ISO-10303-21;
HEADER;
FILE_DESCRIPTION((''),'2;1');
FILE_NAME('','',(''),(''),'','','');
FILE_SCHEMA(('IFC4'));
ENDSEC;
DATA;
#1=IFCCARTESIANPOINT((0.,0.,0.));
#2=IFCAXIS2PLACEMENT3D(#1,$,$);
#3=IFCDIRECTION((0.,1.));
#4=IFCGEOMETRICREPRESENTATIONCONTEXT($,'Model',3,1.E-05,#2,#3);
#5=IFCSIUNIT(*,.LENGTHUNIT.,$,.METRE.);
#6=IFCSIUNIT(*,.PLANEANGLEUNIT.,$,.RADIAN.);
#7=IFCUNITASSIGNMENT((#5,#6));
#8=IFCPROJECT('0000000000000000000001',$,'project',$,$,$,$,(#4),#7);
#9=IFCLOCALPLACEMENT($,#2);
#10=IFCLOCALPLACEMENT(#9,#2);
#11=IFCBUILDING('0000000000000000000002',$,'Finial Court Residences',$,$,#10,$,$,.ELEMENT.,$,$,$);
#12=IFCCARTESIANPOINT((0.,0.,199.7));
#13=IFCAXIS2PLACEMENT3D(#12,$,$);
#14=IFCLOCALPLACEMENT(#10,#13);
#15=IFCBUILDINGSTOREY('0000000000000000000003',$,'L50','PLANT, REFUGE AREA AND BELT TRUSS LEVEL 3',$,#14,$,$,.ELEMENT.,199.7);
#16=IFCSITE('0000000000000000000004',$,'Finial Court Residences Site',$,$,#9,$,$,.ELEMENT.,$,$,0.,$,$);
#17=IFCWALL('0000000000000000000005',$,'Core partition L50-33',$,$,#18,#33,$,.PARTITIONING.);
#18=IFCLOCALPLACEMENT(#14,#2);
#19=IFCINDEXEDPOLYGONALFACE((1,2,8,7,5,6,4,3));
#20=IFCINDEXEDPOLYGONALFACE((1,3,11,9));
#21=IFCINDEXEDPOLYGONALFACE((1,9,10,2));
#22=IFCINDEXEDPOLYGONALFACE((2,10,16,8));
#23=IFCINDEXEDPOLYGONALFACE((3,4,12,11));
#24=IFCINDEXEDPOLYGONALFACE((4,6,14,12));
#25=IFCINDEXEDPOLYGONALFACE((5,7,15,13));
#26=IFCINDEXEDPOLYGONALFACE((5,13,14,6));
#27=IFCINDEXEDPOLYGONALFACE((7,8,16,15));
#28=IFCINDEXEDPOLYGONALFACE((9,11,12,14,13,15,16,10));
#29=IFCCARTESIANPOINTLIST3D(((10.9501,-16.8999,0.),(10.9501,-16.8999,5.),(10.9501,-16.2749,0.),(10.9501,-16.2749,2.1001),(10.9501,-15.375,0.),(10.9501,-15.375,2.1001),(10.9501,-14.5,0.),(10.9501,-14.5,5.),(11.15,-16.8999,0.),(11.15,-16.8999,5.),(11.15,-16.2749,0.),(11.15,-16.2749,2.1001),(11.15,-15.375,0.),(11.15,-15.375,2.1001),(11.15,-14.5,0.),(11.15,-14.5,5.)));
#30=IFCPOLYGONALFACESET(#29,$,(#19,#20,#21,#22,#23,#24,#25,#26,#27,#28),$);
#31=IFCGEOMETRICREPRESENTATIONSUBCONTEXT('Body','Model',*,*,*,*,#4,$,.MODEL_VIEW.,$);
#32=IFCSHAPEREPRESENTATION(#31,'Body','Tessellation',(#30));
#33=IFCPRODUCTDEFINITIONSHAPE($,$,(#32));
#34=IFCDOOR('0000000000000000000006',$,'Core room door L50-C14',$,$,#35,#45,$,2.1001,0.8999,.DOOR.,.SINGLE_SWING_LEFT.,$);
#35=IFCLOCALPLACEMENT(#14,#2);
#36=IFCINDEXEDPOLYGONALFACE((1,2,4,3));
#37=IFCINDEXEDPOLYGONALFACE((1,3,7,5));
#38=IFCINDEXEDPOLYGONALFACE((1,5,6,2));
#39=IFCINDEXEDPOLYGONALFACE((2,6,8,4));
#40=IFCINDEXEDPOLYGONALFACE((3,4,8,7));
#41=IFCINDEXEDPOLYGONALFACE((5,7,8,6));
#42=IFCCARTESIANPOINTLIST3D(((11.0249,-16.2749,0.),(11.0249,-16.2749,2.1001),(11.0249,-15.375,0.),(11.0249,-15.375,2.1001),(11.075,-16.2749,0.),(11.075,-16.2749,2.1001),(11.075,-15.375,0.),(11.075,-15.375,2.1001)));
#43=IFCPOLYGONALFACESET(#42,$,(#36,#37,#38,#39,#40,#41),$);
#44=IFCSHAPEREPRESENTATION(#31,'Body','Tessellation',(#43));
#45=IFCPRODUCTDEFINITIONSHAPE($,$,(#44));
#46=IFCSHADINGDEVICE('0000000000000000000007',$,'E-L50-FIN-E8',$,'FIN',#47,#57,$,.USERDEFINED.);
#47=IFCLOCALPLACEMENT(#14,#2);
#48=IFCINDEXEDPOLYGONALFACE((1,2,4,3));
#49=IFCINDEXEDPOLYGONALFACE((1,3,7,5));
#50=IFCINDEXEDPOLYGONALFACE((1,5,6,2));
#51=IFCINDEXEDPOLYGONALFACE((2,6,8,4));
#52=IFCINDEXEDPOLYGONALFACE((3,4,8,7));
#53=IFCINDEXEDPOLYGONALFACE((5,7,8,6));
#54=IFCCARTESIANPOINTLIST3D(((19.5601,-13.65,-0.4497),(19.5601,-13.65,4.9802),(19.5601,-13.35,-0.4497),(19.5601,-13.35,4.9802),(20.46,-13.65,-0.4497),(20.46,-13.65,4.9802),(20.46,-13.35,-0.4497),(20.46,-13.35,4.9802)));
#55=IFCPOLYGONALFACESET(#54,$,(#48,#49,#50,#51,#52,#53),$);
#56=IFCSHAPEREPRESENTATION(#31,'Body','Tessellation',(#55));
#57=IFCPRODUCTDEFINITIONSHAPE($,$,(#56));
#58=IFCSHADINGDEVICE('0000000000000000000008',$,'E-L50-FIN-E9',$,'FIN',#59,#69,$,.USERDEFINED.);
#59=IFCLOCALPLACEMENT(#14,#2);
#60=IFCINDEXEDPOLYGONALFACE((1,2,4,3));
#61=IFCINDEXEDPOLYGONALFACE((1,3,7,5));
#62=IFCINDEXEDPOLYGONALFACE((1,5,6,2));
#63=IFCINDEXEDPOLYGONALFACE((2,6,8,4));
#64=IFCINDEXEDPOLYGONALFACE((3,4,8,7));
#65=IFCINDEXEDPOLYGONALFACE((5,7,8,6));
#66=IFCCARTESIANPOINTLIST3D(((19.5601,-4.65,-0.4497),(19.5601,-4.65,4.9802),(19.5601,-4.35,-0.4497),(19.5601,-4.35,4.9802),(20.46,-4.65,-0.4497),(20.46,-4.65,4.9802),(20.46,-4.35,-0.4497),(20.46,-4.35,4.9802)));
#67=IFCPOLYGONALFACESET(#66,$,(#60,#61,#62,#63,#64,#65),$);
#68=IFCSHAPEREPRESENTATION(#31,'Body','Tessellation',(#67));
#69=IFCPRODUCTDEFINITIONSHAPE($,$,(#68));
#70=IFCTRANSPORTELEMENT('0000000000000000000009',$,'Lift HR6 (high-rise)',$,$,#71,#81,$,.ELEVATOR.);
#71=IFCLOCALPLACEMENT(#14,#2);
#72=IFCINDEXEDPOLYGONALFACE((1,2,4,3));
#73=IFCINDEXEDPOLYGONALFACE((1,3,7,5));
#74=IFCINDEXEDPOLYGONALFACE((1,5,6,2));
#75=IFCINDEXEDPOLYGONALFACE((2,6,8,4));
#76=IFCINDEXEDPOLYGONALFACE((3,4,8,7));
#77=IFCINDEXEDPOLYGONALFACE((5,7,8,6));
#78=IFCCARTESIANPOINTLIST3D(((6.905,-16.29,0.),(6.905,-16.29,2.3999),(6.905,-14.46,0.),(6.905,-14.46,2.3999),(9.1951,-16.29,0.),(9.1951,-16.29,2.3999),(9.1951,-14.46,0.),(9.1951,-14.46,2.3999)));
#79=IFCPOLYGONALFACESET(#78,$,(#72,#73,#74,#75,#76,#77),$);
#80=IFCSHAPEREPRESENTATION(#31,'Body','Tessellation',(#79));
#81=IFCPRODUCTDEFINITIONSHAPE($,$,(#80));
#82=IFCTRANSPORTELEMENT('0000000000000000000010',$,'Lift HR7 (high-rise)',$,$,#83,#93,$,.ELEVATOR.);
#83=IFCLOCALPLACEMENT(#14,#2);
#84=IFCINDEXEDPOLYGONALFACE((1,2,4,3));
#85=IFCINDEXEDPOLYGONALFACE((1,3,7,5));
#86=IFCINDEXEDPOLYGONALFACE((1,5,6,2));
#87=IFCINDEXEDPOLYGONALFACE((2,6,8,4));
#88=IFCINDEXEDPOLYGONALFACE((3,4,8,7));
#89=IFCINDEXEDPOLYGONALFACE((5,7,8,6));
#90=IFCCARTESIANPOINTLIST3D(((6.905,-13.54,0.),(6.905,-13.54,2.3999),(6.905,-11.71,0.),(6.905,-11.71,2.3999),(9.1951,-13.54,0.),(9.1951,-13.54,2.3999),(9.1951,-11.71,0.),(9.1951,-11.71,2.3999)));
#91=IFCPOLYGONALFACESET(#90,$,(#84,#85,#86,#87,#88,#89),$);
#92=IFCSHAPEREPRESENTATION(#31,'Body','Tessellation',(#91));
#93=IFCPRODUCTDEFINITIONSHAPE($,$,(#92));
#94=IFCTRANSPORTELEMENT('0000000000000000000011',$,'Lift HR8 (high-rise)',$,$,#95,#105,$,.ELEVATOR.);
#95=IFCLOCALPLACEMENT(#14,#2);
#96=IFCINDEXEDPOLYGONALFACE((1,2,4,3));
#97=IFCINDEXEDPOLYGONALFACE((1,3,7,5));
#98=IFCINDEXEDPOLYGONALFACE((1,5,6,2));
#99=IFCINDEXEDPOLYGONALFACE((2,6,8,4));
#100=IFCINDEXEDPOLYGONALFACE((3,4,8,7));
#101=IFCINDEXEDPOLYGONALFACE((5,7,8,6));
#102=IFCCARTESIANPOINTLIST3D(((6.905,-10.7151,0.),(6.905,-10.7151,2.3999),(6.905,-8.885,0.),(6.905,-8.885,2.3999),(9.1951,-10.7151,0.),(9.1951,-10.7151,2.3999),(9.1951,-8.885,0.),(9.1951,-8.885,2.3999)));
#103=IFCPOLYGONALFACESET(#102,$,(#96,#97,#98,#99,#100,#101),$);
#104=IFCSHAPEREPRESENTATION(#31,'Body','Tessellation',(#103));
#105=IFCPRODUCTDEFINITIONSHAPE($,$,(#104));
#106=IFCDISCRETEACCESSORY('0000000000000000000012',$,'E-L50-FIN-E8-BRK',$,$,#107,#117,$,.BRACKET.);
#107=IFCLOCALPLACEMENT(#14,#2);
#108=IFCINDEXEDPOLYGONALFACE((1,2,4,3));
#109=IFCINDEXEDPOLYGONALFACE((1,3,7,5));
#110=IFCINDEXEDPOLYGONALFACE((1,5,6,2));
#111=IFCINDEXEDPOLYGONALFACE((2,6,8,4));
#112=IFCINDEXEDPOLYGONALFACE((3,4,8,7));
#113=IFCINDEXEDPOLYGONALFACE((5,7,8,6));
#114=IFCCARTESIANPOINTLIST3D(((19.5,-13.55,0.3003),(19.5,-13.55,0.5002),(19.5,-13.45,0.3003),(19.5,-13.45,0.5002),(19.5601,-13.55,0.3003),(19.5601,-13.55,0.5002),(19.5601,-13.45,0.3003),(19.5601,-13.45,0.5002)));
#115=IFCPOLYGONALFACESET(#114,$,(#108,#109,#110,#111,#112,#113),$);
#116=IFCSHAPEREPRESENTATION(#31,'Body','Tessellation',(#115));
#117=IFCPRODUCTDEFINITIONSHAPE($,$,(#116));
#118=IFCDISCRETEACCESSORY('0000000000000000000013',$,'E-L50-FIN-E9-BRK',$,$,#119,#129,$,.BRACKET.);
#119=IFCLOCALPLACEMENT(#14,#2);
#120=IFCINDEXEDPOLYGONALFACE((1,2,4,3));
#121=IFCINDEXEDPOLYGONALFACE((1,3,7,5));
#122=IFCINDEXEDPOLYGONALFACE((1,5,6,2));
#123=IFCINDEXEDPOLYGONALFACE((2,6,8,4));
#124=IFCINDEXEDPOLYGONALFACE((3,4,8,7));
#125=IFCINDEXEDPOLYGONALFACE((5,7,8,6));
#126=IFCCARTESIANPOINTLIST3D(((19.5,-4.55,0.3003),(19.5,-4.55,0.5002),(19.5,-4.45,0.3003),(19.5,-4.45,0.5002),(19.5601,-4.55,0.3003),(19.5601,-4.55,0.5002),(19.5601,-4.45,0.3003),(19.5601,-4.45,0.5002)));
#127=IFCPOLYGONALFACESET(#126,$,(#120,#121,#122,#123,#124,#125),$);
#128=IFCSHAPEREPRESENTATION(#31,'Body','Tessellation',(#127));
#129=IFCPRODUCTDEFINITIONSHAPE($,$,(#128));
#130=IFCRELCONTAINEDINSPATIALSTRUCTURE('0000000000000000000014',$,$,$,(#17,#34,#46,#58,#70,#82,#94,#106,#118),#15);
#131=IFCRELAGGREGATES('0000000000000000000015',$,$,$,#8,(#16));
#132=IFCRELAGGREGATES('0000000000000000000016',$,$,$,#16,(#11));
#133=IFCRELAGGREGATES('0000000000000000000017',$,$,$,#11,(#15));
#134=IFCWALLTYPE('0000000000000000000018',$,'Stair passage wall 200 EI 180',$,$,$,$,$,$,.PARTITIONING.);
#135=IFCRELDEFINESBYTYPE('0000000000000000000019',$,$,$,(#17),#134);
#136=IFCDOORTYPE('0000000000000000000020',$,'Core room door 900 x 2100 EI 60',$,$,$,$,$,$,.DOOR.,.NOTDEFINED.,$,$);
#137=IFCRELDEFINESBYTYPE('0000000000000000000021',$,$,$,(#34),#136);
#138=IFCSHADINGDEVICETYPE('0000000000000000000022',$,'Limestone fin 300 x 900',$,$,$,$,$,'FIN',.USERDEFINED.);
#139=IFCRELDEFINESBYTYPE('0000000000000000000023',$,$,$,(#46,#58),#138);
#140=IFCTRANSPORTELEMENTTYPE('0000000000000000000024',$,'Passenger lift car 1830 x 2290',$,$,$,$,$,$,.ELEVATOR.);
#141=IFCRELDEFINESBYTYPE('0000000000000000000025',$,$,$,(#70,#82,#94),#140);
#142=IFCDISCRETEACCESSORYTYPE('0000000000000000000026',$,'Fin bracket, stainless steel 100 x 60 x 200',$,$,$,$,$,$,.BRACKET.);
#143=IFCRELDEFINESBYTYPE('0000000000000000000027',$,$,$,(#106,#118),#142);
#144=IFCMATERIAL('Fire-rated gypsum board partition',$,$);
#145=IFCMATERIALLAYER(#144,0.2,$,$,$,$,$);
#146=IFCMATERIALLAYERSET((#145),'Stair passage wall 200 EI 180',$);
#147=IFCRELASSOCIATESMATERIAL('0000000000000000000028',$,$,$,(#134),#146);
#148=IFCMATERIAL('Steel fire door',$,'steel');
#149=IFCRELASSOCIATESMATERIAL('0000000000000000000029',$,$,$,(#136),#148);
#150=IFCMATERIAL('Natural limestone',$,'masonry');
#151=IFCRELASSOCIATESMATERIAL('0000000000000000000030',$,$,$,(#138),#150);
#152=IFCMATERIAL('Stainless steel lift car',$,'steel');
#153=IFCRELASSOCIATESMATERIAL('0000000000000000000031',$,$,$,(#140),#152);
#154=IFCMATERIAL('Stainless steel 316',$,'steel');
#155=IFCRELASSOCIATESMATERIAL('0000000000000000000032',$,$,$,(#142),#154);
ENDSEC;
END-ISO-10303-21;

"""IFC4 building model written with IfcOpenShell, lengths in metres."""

from ifc_helpers import new_model, si_unit, direction, frame, frame_2d, origin, origin_2d, place, context, subcontext, project, spatial, rectangle, extrude, material, layer, layer_set, type_object, element, fill, save


model = new_model("IFC4")

# Units and contexts
model_context = context("Model", 3, precision=1e-05, world=origin(), true_north=direction((0.0, 1.0)))
body_context = subcontext(model_context, "Body", "Model", "MODEL_VIEW")
ifc_project = project(units=[si_unit("LENGTHUNIT", "METRE"), si_unit("PLANEANGLEUNIT", "RADIAN")], contexts=[model_context])

# Site, building, storey
site_placement = place(None, origin())
site = spatial("IfcSite", under=ifc_project, at=site_placement, Name="Finial Court Residences Site", CompositionType="ELEMENT", RefElevation=0.0)
building_placement = place(site_placement, origin())
building = spatial("IfcBuilding", under=site, at=building_placement, Name="Finial Court Residences", CompositionType="ELEMENT")
storey_placement = place(building_placement, frame((0.0, 0.0, 199.7)))
storey = spatial("IfcBuildingStorey", under=building, at=storey_placement, Name="L50", Description="PLANT, REFUGE AREA AND BELT TRUSS LEVEL 3", CompositionType="ELEMENT", Elevation=199.7)

# Shared definitions
ifc_material_1 = material(Name="Fire-rated gypsum board partition")

# Wall, opening, door
ifc_material_2 = material(Name="Steel fire door", Category="steel")
ifc_layer_1 = layer(ifc_material_1, 0.2)
ifc_layer_set_1 = layer_set([ifc_layer_1], Name="Stair passage wall 200 EI 180")
wall_type_1 = type_object("IfcWallType", Name="Stair passage wall 200 EI 180", PredefinedType="PARTITIONING", material=ifc_layer_set_1)
wall_1_placement = place(storey_placement, frame((11.05, -14.5, 0.0), z_axis=(0.0, 0.0, 1.0), x_axis=(0.0, -1.0, 0.0)))
wall_1 = element("IfcWall", 1, at=wall_1_placement, inside=storey, type_object=wall_type_1, Name="Core partition L50-33", PredefinedType="PARTITIONING", context=body_context, shape_type="SweptSolid", body=[
    extrude(rectangle(XDim=2.3999, YDim=0.2, at=frame_2d((1.2, 0.0))), origin(), (0.0, 0.0, 1.0), 5.0),
])
opening_1_placement = place(wall_1_placement, frame((0.875, 0.0, 0.0)))
opening_1 = element("IfcOpeningElement", 2, at=opening_1_placement, cuts=wall_1, PredefinedType="OPENING", context=body_context, shape_type="SweptSolid", body=[
    extrude(rectangle(XDim=0.8999, YDim=2.1001, at=frame_2d((0.45, 1.05))), frame((0.0, 0.1099, 0.0), z_axis=(0.0, -1.0, 0.0), x_axis=(1.0, 0.0, 0.0)), (0.0, 0.0, 1.0), 0.22),
])
door_type_1 = type_object("IfcDoorType", Name="Core room door 900 x 2100 EI 60", OperationType="NOTDEFINED", PredefinedType="DOOR", material=ifc_material_2)
door_1_placement = place(opening_1_placement, origin())
door_1 = element("IfcDoor", 3, at=door_1_placement, inside=storey, type_object=door_type_1, Name="Core room door L50-C14", OperationType="SINGLE_SWING_LEFT", OverallHeight=2.1001, OverallWidth=0.8999, PredefinedType="DOOR", context=body_context, shape_type="SweptSolid", body=[
    extrude(rectangle(XDim=0.8999, YDim=2.1001, at=frame_2d((0.45, 1.05))), frame((0.0, 0.0249, 0.0), z_axis=(0.0, -1.0, 0.0), x_axis=(1.0, 0.0, 0.0)), (0.0, 0.0, 1.0), 0.05),
])
fill(opening_1, door_1)

# Shading devices
ifc_material_3 = material(Name="Natural limestone", Category="masonry")
shading_device_type = type_object("IfcShadingDeviceType", Name="Limestone fin 300 x 900", ElementType="FIN", PredefinedType="USERDEFINED", material=ifc_material_3)
for number, where, z_axis, x_axis, name in (
    (4, (20.01, -13.5, -0.4497), (0.0, 0.0, 1.0), (1.0, 0.0, 0.0), "E-L50-FIN-E8"),
    (5, (20.01, -4.5, -0.4497), (0.0, 0.0, 1.0), (1.0, 0.0, 0.0), "E-L50-FIN-E9"),
):
    element("IfcShadingDevice", number, at=place(storey_placement, frame(where, z_axis=z_axis, x_axis=x_axis)), inside=storey, type_object=shading_device_type, Name=name, ObjectType="FIN", PredefinedType="USERDEFINED", context=body_context, shape_type="SweptSolid", body=[
        extrude(rectangle(XDim=0.8999, YDim=0.3, at=origin_2d()), origin(), (0.0, 0.0, 1.0), 5.4299),
    ])

# Transport elements
ifc_material_4 = material(Name="Stainless steel lift car", Category="steel")
transport_element_type = type_object("IfcTransportElementType", Name="Passenger lift car 1830 x 2290", PredefinedType="ELEVATOR", material=ifc_material_4)
for number, where, z_axis, x_axis, name in (
    (6, (8.05, -15.375, 0.0), (0.0, 0.0, 1.0), (1.0, 0.0, 0.0), "Lift HR6 (high-rise)"),
    (7, (8.05, -12.625, 0.0), (0.0, 0.0, 1.0), (1.0, 0.0, 0.0), "Lift HR7 (high-rise)"),
    (8, (8.05, -9.8, 0.0), (0.0, 0.0, 1.0), (1.0, 0.0, 0.0), "Lift HR8 (high-rise)"),
):
    element("IfcTransportElement", number, at=place(storey_placement, frame(where, z_axis=z_axis, x_axis=x_axis)), inside=storey, type_object=transport_element_type, Name=name, PredefinedType="ELEVATOR", context=body_context, shape_type="SweptSolid", body=[
        extrude(rectangle(XDim=2.29, YDim=1.8301, at=origin_2d()), origin(), (0.0, 0.0, 1.0), 2.3999),
    ])

# Discrete accessories
ifc_material_5 = material(Name="Stainless steel 316", Category="steel")
discrete_accessory_type = type_object("IfcDiscreteAccessoryType", Name="Fin bracket, stainless steel 100 x 60 x 200", PredefinedType="BRACKET", material=ifc_material_5)
for number, where, z_axis, x_axis, name in (
    (9, (19.53, -13.5, 0.3003), (0.0, 0.0, 1.0), (1.0, 0.0, 0.0), "E-L50-FIN-E8-BRK"),
    (10, (19.53, -4.5, 0.3003), (0.0, 0.0, 1.0), (1.0, 0.0, 0.0), "E-L50-FIN-E9-BRK"),
):
    element("IfcDiscreteAccessory", number, at=place(storey_placement, frame(where, z_axis=z_axis, x_axis=x_axis)), inside=storey, type_object=discrete_accessory_type, Name=name, PredefinedType="BRACKET", context=body_context, shape_type="SweptSolid", body=[
        extrude(rectangle(XDim=0.0601, YDim=0.1001, at=origin_2d()), origin(), (0.0, 0.0, 1.0), 0.2),
    ])

save(model, "model.ifc")
